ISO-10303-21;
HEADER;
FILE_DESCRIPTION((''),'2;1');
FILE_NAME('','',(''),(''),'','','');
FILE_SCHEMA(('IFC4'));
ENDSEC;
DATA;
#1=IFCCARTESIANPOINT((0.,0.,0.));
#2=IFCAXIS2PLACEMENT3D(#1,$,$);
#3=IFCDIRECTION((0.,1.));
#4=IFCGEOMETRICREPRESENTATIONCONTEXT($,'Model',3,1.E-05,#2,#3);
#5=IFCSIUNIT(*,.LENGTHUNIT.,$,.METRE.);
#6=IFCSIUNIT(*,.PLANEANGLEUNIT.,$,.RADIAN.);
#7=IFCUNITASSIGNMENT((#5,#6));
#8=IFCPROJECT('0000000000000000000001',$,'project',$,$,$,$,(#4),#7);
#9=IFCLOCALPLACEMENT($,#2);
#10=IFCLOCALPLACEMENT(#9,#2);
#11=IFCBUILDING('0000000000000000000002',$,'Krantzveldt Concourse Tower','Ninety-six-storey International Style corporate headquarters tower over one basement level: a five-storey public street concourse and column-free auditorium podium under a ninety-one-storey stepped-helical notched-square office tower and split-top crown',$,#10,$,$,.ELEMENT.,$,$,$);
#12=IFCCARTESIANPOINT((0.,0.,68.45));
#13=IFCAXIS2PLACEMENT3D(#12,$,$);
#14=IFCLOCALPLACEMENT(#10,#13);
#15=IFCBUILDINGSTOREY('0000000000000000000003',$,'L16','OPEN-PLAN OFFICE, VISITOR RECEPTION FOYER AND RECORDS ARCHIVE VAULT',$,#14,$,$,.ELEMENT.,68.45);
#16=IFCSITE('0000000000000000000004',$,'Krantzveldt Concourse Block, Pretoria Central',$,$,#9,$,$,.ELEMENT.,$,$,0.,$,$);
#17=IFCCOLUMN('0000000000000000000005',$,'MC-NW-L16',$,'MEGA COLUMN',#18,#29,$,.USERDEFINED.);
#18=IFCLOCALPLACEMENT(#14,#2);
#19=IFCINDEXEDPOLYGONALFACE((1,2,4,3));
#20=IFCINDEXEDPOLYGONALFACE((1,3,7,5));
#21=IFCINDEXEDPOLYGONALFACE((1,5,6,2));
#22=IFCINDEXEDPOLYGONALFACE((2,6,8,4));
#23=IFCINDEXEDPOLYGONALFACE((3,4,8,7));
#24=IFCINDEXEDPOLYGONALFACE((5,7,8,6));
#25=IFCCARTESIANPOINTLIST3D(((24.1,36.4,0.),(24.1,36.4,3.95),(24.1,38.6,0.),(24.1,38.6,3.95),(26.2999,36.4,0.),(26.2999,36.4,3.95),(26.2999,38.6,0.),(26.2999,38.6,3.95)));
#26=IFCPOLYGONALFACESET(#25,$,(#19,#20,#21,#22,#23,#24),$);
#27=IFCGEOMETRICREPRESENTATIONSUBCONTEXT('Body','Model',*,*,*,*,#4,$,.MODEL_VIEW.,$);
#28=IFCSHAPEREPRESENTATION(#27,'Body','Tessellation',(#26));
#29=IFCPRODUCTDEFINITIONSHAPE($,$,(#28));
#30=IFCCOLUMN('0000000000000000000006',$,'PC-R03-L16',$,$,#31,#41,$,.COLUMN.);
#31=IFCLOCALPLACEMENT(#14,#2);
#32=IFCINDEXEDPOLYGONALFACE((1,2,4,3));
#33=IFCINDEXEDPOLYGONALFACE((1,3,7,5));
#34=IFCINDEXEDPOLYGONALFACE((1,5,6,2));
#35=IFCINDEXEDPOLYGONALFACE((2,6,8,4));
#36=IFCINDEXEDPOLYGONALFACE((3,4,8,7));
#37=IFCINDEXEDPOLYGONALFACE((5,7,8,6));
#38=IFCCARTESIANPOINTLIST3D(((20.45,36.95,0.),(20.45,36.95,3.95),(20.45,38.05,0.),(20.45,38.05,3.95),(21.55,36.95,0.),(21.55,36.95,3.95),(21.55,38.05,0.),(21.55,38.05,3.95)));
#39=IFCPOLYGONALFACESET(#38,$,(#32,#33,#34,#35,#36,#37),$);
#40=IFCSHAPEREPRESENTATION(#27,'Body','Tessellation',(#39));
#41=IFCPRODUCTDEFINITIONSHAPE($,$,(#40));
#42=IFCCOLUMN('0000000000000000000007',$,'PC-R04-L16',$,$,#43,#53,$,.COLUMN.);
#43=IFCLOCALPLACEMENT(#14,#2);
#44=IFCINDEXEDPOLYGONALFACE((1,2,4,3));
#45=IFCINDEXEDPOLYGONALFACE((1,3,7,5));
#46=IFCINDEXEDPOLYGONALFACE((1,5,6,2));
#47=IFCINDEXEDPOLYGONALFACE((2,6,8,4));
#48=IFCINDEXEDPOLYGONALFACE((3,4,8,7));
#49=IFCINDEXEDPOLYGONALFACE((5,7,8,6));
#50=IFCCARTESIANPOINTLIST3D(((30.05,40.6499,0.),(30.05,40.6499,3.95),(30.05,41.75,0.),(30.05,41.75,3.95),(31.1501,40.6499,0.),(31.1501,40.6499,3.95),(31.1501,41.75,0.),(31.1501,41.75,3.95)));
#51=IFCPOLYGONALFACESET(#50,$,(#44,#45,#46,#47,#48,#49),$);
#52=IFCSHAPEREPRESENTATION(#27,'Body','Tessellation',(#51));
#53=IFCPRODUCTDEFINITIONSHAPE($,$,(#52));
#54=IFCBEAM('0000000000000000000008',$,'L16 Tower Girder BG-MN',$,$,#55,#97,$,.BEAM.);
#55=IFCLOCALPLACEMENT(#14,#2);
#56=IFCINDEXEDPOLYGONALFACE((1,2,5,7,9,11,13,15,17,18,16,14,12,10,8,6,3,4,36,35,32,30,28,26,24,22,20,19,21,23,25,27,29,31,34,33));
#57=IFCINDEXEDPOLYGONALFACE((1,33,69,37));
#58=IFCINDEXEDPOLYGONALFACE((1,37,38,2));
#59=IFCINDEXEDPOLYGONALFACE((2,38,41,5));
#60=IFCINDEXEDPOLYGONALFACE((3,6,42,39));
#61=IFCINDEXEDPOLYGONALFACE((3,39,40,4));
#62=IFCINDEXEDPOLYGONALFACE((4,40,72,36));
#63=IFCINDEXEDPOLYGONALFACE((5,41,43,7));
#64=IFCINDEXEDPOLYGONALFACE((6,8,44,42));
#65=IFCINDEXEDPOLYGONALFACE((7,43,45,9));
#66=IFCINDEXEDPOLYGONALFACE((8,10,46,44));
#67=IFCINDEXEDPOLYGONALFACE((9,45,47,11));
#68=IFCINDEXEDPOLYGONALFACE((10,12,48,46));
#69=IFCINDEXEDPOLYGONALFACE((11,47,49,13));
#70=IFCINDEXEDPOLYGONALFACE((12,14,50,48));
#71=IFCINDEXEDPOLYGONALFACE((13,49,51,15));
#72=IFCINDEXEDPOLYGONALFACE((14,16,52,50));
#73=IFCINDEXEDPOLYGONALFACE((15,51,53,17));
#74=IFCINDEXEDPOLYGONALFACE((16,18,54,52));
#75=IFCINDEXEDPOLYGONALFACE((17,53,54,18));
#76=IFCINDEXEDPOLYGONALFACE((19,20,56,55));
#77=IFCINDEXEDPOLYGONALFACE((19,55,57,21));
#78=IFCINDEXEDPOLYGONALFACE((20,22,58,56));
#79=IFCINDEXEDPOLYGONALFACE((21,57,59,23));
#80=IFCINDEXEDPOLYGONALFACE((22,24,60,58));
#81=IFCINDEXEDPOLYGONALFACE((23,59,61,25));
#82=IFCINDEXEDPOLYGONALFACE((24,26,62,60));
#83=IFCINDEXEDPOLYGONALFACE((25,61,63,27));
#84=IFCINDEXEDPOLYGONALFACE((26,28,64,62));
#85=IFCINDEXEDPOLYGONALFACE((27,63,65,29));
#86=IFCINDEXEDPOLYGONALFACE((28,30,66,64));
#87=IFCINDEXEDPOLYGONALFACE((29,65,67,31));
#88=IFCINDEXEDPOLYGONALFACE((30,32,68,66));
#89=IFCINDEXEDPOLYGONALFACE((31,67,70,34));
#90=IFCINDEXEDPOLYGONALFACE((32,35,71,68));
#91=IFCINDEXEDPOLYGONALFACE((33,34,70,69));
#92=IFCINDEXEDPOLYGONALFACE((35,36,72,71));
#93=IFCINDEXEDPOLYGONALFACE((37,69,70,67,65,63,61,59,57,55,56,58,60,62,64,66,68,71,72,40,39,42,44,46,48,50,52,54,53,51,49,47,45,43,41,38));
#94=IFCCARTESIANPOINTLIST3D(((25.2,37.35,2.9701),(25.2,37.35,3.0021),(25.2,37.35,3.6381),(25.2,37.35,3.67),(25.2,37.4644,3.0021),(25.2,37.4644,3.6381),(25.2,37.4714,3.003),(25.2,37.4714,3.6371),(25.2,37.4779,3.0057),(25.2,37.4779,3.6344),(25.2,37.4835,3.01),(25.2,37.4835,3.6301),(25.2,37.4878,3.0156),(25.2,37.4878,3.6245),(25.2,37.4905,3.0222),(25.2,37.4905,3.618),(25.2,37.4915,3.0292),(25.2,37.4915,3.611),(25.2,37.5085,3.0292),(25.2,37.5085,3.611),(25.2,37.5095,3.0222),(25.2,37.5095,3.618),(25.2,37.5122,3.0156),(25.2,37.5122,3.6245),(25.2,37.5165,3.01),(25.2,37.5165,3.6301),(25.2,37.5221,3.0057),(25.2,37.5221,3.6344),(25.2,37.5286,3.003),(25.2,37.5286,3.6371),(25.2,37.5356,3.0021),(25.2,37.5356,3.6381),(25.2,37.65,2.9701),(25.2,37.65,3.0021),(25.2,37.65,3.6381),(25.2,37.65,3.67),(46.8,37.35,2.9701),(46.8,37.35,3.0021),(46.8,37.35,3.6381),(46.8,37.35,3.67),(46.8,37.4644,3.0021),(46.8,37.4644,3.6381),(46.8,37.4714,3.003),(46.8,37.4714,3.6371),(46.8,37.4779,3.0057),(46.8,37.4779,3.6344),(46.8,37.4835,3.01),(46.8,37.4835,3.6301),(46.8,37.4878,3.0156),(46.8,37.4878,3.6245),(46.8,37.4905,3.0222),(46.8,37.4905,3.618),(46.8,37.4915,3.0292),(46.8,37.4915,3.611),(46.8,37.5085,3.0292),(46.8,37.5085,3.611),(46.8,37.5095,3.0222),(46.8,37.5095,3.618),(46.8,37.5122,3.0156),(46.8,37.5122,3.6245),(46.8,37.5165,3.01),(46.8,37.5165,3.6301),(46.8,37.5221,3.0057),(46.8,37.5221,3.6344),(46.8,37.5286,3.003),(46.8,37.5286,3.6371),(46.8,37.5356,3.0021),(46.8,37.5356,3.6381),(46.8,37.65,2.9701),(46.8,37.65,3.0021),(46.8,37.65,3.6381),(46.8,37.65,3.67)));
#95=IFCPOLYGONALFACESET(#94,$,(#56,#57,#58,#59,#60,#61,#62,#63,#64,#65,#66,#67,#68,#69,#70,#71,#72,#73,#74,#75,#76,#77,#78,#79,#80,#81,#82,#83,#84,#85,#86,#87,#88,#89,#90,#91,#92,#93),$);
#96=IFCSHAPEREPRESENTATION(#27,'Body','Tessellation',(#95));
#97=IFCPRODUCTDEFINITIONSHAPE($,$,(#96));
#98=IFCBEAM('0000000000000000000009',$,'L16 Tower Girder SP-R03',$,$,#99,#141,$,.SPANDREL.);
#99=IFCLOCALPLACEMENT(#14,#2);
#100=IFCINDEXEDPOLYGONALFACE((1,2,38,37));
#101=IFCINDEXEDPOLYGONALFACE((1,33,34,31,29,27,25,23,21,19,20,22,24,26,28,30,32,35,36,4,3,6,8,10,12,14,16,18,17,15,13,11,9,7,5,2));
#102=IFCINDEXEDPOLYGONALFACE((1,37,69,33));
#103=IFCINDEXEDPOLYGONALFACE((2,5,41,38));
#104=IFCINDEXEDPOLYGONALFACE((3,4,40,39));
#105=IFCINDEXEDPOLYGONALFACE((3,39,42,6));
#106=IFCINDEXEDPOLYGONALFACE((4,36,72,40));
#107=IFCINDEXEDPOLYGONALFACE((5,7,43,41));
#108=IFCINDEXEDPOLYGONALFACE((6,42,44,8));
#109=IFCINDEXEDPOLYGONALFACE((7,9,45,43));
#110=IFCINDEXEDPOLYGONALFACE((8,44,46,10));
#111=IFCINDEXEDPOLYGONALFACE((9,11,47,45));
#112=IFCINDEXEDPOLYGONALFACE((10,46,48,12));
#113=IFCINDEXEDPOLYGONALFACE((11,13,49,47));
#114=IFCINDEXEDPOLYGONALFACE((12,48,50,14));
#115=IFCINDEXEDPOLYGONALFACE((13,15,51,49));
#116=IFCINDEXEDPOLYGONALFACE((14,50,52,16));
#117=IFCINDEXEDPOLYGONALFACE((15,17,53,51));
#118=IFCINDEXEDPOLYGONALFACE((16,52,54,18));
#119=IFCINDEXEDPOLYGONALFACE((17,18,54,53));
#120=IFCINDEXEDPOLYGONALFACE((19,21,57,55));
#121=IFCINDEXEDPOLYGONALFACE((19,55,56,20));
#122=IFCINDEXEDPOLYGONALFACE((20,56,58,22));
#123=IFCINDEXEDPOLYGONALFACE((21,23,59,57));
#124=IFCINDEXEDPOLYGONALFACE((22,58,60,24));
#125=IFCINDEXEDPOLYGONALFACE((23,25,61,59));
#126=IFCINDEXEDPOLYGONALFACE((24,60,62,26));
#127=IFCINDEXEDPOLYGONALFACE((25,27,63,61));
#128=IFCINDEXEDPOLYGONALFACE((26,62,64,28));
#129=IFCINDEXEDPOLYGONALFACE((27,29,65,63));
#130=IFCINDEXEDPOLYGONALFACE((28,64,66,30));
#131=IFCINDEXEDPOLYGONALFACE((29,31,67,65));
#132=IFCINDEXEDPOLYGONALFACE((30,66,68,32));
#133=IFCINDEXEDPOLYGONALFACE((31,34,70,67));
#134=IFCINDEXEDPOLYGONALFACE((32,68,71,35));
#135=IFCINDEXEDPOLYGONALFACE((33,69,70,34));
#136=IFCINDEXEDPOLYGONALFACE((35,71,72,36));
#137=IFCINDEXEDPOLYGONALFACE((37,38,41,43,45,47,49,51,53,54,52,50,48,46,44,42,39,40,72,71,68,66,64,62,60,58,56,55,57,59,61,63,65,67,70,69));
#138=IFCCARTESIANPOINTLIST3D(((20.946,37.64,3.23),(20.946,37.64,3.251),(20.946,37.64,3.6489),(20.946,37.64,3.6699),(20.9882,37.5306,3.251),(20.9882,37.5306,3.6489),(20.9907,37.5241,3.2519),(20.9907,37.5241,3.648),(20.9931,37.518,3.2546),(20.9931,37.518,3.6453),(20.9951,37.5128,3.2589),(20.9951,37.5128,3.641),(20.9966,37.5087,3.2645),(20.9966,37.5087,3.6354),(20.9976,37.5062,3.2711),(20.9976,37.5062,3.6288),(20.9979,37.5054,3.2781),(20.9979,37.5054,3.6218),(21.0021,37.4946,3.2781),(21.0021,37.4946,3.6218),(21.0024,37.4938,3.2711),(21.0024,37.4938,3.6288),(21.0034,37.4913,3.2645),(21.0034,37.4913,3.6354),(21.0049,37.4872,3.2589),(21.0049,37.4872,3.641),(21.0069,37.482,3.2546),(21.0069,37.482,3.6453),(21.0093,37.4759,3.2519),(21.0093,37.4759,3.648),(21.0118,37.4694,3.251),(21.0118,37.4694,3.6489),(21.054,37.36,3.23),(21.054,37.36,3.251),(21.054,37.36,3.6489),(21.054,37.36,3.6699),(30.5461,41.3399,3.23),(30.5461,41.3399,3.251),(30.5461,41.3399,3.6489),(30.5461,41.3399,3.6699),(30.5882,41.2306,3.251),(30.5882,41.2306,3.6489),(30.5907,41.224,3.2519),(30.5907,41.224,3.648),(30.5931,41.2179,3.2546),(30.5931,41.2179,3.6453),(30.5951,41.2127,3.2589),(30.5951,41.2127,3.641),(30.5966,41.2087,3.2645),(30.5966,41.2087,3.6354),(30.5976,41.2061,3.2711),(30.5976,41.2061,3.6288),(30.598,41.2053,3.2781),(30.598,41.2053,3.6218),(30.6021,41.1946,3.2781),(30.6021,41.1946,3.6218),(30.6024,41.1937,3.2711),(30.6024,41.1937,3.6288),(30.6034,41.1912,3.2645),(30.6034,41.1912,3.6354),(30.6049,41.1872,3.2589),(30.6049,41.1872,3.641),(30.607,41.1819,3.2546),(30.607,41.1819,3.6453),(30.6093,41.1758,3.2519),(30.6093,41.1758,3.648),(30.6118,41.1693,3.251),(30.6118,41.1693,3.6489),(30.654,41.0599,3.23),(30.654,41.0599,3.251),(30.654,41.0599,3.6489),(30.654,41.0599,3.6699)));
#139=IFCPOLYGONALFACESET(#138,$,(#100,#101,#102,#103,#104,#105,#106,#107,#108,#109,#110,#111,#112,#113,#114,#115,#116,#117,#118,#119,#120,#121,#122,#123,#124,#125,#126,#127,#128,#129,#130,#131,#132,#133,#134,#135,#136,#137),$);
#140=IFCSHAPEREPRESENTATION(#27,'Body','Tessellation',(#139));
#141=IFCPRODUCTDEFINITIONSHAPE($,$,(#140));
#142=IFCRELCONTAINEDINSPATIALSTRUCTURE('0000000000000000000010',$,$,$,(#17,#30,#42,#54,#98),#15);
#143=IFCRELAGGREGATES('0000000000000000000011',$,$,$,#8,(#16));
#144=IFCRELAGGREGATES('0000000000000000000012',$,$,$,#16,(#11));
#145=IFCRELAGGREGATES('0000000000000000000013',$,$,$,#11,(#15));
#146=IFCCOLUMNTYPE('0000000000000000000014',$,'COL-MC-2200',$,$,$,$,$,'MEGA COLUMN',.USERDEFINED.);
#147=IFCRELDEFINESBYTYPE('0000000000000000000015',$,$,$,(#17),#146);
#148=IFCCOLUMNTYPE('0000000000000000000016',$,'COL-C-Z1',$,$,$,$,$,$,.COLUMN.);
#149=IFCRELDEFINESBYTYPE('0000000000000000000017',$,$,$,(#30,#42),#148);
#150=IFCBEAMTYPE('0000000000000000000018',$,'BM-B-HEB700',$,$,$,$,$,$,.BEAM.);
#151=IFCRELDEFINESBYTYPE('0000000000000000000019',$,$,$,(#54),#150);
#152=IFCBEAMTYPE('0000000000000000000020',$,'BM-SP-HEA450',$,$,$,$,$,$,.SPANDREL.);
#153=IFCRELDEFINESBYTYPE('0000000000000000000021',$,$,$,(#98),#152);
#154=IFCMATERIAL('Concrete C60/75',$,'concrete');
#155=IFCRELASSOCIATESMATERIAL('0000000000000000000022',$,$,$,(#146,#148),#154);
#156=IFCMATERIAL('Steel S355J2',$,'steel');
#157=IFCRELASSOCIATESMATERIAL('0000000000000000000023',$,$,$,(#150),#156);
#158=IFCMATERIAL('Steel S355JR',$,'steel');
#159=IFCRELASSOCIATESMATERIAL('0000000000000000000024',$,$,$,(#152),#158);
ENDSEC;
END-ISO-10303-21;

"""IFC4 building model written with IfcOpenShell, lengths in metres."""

from ifc_helpers import new_model, si_unit, direction, frame, origin, origin_2d, place, context, subcontext, project, spatial, rectangle, i_section, extrude, source, transform, mapped, material, material_profile, profile_set, type_object, type_shapes, element, save


model = new_model("IFC4")

# Units and contexts
model_context = context("Model", 3, precision=1e-05, world=origin(), true_north=direction((0.0, 1.0)))
body_context = subcontext(model_context, "Body", "Model", "MODEL_VIEW")
ifc_project = project(units=[si_unit("LENGTHUNIT", "METRE"), si_unit("PLANEANGLEUNIT", "RADIAN")], contexts=[model_context])

# Site, building, storey
site_placement = place(None, origin())
site = spatial("IfcSite", under=ifc_project, at=site_placement, Name="Krantzveldt Concourse Block, Pretoria Central", CompositionType="ELEMENT", RefElevation=0.0)
building_placement = place(site_placement, origin())
building = spatial("IfcBuilding", under=site, at=building_placement, Name="Krantzveldt Concourse Tower", Description="Ninety-six-storey International Style corporate headquarters tower over one basement level: a five-storey public street concourse and column-free auditorium podium under a ninety-one-storey stepped-helical notched-square office tower and split-top crown", CompositionType="ELEMENT")
storey_placement = place(building_placement, frame((0.0, 0.0, 68.45)))
storey = spatial("IfcBuildingStorey", under=building, at=storey_placement, Name="L16", Description="OPEN-PLAN OFFICE, VISITOR RECEPTION FOYER AND RECORDS ARCHIVE VAULT", CompositionType="ELEMENT", Elevation=68.45)

# Columns
ifc_material_1 = material(Name="Concrete C60/75", Category="concrete")
ifc_material_profile_1 = material_profile(ifc_material_1, rectangle(XDim=2.2, YDim=2.2, at=origin_2d()), Name="Concrete C60/75", Category="concrete")
ifc_profile_set_1 = profile_set([ifc_material_profile_1], Name="Concrete C60/75 - RC 2200x2200")
column_type_1 = type_object("IfcColumnType", Name="COL-MC-2200", ElementType="MEGA COLUMN", PredefinedType="USERDEFINED", material=ifc_profile_set_1)
shared_shape_1 = source(origin(), body_context, "Body", "SweptSolid", [
    extrude(rectangle(XDim=2.2, YDim=2.2, at=origin_2d()), origin(), (0.0, 0.0, 1.0), 3.95),
])
type_shapes(column_type_1, [shared_shape_1])
column_placement = place(storey_placement, frame((25.2, 37.5, 0.0), z_axis=(0.0, 0.0, 1.0), x_axis=(1.0, 0.0, 0.0)))
element("IfcColumn", 1, at=column_placement, inside=storey, type_object=column_type_1, Name="MC-NW-L16", ObjectType="MEGA COLUMN", PredefinedType="USERDEFINED", context=body_context, shape_type="MappedRepresentation", body=[
    mapped(shared_shape_1, transform((0.0, 0.0, 0.0), x_axis=(1.0, 0.0, 0.0), y_axis=(0.0, 1.0, 0.0), z_axis=(0.0, 0.0, 1.0), scale=1.0)),
])
ifc_material_profile_2 = material_profile(ifc_material_1, rectangle(XDim=1.1001, YDim=1.1001, at=origin_2d()), Name="Concrete C60/75", Category="concrete")
ifc_profile_set_2 = profile_set([ifc_material_profile_2], Name="Concrete C60/75 - RC 1100x1100")
column_type_2 = type_object("IfcColumnType", Name="COL-C-Z1", PredefinedType="COLUMN", material=ifc_profile_set_2)
shared_shape_2 = source(origin(), body_context, "Body", "SweptSolid", [
    extrude(rectangle(XDim=1.1001, YDim=1.1001, at=origin_2d()), origin(), (0.0, 0.0, 1.0), 3.95),
])
type_shapes(column_type_2, [shared_shape_2])
for number, where, z_axis, x_axis, name in (
    (2, (21.0, 37.5, 0.0), (0.0, 0.0, 1.0), (1.0, 0.0, 0.0), "PC-R03-L16"),
    (3, (30.6001, 41.2, 0.0), (0.0, 0.0, 1.0), (1.0, 0.0, 0.0), "PC-R04-L16"),
):
    element("IfcColumn", number, at=place(storey_placement, frame(where, z_axis=z_axis, x_axis=x_axis)), inside=storey, type_object=column_type_2, Name=name, PredefinedType="COLUMN", context=body_context, shape_type="MappedRepresentation", body=[
        mapped(shared_shape_2, transform((0.0, 0.0, 0.0), x_axis=(1.0, 0.0, 0.0), y_axis=(0.0, 1.0, 0.0), z_axis=(0.0, 0.0, 1.0), scale=1.0)),
    ])

# Beams
ifc_material_2 = material(Name="Steel S355J2", Category="steel")
ifc_material_profile_3 = material_profile(ifc_material_2, i_section(OverallWidth=0.3, OverallDepth=0.7, WebThickness=0.0171, FlangeThickness=0.032, FilletRadius=0.0271, at=origin_2d()), Name="Steel S355J2", Category="steel")
ifc_profile_set_3 = profile_set([ifc_material_profile_3], Name="Steel S355J2 - HEB 700")
beam_type_1 = type_object("IfcBeamType", Name="BM-B-HEB700", PredefinedType="BEAM", material=ifc_profile_set_3)
shared_shape_3 = source(origin(), body_context, "Body", "SweptSolid", [
    extrude(i_section(OverallWidth=0.3, OverallDepth=0.7, WebThickness=0.0171, FlangeThickness=0.032, FilletRadius=0.0271, at=origin_2d()), origin(), (0.0, 0.0, 1.0), 21.6001),
])
type_shapes(beam_type_1, [shared_shape_3])
beam_1_placement = place(storey_placement, frame((25.2, 37.5, 3.3201), z_axis=(1.0, 0.0, 0.0), x_axis=(0.0, 1.0, 0.0)))
element("IfcBeam", 4, at=beam_1_placement, inside=storey, type_object=beam_type_1, Name="L16 Tower Girder BG-MN", PredefinedType="BEAM", context=body_context, shape_type="MappedRepresentation", body=[
    mapped(shared_shape_3, transform((0.0, 0.0, 0.0), x_axis=(1.0, 0.0, 0.0), y_axis=(0.0, 1.0, 0.0), z_axis=(0.0, 0.0, 1.0), scale=1.0)),
])
ifc_material_3 = material(Name="Steel S355JR", Category="steel")
ifc_material_profile_4 = material_profile(ifc_material_3, i_section(OverallWidth=0.3, OverallDepth=0.4399, WebThickness=0.0115, FlangeThickness=0.021, FilletRadius=0.0271, at=origin_2d()), Name="Steel S355JR", Category="steel")
ifc_profile_set_4 = profile_set([ifc_material_profile_4], Name="Steel S355JR - HEA 450")
beam_type_2 = type_object("IfcBeamType", Name="BM-SP-HEA450", PredefinedType="SPANDREL", material=ifc_profile_set_4)
shared_shape_4 = source(origin(), body_context, "Body", "SweptSolid", [
    extrude(i_section(OverallWidth=0.3, OverallDepth=0.4399, WebThickness=0.0115, FlangeThickness=0.021, FilletRadius=0.0271, at=origin_2d()), origin(), (0.0, 0.0, 1.0), 10.2883),
])
beam_2_placement = place(storey_placement, frame((21.0, 37.5, 3.45), z_axis=(0.933098, 0.359623, 0.0), x_axis=(-0.359623, 0.933098, 0.0)))
element("IfcBeam", 5, at=beam_2_placement, inside=storey, type_object=beam_type_2, Name="L16 Tower Girder SP-R03", PredefinedType="SPANDREL", context=body_context, shape_type="MappedRepresentation", body=[
    mapped(shared_shape_4, transform((0.0, 0.0, 0.0), x_axis=(1.0, 0.0, 0.0), y_axis=(0.0, 1.0, 0.0), z_axis=(0.0, 0.0, 1.0), scale=1.0)),
])

save(model, "model.ifc")
